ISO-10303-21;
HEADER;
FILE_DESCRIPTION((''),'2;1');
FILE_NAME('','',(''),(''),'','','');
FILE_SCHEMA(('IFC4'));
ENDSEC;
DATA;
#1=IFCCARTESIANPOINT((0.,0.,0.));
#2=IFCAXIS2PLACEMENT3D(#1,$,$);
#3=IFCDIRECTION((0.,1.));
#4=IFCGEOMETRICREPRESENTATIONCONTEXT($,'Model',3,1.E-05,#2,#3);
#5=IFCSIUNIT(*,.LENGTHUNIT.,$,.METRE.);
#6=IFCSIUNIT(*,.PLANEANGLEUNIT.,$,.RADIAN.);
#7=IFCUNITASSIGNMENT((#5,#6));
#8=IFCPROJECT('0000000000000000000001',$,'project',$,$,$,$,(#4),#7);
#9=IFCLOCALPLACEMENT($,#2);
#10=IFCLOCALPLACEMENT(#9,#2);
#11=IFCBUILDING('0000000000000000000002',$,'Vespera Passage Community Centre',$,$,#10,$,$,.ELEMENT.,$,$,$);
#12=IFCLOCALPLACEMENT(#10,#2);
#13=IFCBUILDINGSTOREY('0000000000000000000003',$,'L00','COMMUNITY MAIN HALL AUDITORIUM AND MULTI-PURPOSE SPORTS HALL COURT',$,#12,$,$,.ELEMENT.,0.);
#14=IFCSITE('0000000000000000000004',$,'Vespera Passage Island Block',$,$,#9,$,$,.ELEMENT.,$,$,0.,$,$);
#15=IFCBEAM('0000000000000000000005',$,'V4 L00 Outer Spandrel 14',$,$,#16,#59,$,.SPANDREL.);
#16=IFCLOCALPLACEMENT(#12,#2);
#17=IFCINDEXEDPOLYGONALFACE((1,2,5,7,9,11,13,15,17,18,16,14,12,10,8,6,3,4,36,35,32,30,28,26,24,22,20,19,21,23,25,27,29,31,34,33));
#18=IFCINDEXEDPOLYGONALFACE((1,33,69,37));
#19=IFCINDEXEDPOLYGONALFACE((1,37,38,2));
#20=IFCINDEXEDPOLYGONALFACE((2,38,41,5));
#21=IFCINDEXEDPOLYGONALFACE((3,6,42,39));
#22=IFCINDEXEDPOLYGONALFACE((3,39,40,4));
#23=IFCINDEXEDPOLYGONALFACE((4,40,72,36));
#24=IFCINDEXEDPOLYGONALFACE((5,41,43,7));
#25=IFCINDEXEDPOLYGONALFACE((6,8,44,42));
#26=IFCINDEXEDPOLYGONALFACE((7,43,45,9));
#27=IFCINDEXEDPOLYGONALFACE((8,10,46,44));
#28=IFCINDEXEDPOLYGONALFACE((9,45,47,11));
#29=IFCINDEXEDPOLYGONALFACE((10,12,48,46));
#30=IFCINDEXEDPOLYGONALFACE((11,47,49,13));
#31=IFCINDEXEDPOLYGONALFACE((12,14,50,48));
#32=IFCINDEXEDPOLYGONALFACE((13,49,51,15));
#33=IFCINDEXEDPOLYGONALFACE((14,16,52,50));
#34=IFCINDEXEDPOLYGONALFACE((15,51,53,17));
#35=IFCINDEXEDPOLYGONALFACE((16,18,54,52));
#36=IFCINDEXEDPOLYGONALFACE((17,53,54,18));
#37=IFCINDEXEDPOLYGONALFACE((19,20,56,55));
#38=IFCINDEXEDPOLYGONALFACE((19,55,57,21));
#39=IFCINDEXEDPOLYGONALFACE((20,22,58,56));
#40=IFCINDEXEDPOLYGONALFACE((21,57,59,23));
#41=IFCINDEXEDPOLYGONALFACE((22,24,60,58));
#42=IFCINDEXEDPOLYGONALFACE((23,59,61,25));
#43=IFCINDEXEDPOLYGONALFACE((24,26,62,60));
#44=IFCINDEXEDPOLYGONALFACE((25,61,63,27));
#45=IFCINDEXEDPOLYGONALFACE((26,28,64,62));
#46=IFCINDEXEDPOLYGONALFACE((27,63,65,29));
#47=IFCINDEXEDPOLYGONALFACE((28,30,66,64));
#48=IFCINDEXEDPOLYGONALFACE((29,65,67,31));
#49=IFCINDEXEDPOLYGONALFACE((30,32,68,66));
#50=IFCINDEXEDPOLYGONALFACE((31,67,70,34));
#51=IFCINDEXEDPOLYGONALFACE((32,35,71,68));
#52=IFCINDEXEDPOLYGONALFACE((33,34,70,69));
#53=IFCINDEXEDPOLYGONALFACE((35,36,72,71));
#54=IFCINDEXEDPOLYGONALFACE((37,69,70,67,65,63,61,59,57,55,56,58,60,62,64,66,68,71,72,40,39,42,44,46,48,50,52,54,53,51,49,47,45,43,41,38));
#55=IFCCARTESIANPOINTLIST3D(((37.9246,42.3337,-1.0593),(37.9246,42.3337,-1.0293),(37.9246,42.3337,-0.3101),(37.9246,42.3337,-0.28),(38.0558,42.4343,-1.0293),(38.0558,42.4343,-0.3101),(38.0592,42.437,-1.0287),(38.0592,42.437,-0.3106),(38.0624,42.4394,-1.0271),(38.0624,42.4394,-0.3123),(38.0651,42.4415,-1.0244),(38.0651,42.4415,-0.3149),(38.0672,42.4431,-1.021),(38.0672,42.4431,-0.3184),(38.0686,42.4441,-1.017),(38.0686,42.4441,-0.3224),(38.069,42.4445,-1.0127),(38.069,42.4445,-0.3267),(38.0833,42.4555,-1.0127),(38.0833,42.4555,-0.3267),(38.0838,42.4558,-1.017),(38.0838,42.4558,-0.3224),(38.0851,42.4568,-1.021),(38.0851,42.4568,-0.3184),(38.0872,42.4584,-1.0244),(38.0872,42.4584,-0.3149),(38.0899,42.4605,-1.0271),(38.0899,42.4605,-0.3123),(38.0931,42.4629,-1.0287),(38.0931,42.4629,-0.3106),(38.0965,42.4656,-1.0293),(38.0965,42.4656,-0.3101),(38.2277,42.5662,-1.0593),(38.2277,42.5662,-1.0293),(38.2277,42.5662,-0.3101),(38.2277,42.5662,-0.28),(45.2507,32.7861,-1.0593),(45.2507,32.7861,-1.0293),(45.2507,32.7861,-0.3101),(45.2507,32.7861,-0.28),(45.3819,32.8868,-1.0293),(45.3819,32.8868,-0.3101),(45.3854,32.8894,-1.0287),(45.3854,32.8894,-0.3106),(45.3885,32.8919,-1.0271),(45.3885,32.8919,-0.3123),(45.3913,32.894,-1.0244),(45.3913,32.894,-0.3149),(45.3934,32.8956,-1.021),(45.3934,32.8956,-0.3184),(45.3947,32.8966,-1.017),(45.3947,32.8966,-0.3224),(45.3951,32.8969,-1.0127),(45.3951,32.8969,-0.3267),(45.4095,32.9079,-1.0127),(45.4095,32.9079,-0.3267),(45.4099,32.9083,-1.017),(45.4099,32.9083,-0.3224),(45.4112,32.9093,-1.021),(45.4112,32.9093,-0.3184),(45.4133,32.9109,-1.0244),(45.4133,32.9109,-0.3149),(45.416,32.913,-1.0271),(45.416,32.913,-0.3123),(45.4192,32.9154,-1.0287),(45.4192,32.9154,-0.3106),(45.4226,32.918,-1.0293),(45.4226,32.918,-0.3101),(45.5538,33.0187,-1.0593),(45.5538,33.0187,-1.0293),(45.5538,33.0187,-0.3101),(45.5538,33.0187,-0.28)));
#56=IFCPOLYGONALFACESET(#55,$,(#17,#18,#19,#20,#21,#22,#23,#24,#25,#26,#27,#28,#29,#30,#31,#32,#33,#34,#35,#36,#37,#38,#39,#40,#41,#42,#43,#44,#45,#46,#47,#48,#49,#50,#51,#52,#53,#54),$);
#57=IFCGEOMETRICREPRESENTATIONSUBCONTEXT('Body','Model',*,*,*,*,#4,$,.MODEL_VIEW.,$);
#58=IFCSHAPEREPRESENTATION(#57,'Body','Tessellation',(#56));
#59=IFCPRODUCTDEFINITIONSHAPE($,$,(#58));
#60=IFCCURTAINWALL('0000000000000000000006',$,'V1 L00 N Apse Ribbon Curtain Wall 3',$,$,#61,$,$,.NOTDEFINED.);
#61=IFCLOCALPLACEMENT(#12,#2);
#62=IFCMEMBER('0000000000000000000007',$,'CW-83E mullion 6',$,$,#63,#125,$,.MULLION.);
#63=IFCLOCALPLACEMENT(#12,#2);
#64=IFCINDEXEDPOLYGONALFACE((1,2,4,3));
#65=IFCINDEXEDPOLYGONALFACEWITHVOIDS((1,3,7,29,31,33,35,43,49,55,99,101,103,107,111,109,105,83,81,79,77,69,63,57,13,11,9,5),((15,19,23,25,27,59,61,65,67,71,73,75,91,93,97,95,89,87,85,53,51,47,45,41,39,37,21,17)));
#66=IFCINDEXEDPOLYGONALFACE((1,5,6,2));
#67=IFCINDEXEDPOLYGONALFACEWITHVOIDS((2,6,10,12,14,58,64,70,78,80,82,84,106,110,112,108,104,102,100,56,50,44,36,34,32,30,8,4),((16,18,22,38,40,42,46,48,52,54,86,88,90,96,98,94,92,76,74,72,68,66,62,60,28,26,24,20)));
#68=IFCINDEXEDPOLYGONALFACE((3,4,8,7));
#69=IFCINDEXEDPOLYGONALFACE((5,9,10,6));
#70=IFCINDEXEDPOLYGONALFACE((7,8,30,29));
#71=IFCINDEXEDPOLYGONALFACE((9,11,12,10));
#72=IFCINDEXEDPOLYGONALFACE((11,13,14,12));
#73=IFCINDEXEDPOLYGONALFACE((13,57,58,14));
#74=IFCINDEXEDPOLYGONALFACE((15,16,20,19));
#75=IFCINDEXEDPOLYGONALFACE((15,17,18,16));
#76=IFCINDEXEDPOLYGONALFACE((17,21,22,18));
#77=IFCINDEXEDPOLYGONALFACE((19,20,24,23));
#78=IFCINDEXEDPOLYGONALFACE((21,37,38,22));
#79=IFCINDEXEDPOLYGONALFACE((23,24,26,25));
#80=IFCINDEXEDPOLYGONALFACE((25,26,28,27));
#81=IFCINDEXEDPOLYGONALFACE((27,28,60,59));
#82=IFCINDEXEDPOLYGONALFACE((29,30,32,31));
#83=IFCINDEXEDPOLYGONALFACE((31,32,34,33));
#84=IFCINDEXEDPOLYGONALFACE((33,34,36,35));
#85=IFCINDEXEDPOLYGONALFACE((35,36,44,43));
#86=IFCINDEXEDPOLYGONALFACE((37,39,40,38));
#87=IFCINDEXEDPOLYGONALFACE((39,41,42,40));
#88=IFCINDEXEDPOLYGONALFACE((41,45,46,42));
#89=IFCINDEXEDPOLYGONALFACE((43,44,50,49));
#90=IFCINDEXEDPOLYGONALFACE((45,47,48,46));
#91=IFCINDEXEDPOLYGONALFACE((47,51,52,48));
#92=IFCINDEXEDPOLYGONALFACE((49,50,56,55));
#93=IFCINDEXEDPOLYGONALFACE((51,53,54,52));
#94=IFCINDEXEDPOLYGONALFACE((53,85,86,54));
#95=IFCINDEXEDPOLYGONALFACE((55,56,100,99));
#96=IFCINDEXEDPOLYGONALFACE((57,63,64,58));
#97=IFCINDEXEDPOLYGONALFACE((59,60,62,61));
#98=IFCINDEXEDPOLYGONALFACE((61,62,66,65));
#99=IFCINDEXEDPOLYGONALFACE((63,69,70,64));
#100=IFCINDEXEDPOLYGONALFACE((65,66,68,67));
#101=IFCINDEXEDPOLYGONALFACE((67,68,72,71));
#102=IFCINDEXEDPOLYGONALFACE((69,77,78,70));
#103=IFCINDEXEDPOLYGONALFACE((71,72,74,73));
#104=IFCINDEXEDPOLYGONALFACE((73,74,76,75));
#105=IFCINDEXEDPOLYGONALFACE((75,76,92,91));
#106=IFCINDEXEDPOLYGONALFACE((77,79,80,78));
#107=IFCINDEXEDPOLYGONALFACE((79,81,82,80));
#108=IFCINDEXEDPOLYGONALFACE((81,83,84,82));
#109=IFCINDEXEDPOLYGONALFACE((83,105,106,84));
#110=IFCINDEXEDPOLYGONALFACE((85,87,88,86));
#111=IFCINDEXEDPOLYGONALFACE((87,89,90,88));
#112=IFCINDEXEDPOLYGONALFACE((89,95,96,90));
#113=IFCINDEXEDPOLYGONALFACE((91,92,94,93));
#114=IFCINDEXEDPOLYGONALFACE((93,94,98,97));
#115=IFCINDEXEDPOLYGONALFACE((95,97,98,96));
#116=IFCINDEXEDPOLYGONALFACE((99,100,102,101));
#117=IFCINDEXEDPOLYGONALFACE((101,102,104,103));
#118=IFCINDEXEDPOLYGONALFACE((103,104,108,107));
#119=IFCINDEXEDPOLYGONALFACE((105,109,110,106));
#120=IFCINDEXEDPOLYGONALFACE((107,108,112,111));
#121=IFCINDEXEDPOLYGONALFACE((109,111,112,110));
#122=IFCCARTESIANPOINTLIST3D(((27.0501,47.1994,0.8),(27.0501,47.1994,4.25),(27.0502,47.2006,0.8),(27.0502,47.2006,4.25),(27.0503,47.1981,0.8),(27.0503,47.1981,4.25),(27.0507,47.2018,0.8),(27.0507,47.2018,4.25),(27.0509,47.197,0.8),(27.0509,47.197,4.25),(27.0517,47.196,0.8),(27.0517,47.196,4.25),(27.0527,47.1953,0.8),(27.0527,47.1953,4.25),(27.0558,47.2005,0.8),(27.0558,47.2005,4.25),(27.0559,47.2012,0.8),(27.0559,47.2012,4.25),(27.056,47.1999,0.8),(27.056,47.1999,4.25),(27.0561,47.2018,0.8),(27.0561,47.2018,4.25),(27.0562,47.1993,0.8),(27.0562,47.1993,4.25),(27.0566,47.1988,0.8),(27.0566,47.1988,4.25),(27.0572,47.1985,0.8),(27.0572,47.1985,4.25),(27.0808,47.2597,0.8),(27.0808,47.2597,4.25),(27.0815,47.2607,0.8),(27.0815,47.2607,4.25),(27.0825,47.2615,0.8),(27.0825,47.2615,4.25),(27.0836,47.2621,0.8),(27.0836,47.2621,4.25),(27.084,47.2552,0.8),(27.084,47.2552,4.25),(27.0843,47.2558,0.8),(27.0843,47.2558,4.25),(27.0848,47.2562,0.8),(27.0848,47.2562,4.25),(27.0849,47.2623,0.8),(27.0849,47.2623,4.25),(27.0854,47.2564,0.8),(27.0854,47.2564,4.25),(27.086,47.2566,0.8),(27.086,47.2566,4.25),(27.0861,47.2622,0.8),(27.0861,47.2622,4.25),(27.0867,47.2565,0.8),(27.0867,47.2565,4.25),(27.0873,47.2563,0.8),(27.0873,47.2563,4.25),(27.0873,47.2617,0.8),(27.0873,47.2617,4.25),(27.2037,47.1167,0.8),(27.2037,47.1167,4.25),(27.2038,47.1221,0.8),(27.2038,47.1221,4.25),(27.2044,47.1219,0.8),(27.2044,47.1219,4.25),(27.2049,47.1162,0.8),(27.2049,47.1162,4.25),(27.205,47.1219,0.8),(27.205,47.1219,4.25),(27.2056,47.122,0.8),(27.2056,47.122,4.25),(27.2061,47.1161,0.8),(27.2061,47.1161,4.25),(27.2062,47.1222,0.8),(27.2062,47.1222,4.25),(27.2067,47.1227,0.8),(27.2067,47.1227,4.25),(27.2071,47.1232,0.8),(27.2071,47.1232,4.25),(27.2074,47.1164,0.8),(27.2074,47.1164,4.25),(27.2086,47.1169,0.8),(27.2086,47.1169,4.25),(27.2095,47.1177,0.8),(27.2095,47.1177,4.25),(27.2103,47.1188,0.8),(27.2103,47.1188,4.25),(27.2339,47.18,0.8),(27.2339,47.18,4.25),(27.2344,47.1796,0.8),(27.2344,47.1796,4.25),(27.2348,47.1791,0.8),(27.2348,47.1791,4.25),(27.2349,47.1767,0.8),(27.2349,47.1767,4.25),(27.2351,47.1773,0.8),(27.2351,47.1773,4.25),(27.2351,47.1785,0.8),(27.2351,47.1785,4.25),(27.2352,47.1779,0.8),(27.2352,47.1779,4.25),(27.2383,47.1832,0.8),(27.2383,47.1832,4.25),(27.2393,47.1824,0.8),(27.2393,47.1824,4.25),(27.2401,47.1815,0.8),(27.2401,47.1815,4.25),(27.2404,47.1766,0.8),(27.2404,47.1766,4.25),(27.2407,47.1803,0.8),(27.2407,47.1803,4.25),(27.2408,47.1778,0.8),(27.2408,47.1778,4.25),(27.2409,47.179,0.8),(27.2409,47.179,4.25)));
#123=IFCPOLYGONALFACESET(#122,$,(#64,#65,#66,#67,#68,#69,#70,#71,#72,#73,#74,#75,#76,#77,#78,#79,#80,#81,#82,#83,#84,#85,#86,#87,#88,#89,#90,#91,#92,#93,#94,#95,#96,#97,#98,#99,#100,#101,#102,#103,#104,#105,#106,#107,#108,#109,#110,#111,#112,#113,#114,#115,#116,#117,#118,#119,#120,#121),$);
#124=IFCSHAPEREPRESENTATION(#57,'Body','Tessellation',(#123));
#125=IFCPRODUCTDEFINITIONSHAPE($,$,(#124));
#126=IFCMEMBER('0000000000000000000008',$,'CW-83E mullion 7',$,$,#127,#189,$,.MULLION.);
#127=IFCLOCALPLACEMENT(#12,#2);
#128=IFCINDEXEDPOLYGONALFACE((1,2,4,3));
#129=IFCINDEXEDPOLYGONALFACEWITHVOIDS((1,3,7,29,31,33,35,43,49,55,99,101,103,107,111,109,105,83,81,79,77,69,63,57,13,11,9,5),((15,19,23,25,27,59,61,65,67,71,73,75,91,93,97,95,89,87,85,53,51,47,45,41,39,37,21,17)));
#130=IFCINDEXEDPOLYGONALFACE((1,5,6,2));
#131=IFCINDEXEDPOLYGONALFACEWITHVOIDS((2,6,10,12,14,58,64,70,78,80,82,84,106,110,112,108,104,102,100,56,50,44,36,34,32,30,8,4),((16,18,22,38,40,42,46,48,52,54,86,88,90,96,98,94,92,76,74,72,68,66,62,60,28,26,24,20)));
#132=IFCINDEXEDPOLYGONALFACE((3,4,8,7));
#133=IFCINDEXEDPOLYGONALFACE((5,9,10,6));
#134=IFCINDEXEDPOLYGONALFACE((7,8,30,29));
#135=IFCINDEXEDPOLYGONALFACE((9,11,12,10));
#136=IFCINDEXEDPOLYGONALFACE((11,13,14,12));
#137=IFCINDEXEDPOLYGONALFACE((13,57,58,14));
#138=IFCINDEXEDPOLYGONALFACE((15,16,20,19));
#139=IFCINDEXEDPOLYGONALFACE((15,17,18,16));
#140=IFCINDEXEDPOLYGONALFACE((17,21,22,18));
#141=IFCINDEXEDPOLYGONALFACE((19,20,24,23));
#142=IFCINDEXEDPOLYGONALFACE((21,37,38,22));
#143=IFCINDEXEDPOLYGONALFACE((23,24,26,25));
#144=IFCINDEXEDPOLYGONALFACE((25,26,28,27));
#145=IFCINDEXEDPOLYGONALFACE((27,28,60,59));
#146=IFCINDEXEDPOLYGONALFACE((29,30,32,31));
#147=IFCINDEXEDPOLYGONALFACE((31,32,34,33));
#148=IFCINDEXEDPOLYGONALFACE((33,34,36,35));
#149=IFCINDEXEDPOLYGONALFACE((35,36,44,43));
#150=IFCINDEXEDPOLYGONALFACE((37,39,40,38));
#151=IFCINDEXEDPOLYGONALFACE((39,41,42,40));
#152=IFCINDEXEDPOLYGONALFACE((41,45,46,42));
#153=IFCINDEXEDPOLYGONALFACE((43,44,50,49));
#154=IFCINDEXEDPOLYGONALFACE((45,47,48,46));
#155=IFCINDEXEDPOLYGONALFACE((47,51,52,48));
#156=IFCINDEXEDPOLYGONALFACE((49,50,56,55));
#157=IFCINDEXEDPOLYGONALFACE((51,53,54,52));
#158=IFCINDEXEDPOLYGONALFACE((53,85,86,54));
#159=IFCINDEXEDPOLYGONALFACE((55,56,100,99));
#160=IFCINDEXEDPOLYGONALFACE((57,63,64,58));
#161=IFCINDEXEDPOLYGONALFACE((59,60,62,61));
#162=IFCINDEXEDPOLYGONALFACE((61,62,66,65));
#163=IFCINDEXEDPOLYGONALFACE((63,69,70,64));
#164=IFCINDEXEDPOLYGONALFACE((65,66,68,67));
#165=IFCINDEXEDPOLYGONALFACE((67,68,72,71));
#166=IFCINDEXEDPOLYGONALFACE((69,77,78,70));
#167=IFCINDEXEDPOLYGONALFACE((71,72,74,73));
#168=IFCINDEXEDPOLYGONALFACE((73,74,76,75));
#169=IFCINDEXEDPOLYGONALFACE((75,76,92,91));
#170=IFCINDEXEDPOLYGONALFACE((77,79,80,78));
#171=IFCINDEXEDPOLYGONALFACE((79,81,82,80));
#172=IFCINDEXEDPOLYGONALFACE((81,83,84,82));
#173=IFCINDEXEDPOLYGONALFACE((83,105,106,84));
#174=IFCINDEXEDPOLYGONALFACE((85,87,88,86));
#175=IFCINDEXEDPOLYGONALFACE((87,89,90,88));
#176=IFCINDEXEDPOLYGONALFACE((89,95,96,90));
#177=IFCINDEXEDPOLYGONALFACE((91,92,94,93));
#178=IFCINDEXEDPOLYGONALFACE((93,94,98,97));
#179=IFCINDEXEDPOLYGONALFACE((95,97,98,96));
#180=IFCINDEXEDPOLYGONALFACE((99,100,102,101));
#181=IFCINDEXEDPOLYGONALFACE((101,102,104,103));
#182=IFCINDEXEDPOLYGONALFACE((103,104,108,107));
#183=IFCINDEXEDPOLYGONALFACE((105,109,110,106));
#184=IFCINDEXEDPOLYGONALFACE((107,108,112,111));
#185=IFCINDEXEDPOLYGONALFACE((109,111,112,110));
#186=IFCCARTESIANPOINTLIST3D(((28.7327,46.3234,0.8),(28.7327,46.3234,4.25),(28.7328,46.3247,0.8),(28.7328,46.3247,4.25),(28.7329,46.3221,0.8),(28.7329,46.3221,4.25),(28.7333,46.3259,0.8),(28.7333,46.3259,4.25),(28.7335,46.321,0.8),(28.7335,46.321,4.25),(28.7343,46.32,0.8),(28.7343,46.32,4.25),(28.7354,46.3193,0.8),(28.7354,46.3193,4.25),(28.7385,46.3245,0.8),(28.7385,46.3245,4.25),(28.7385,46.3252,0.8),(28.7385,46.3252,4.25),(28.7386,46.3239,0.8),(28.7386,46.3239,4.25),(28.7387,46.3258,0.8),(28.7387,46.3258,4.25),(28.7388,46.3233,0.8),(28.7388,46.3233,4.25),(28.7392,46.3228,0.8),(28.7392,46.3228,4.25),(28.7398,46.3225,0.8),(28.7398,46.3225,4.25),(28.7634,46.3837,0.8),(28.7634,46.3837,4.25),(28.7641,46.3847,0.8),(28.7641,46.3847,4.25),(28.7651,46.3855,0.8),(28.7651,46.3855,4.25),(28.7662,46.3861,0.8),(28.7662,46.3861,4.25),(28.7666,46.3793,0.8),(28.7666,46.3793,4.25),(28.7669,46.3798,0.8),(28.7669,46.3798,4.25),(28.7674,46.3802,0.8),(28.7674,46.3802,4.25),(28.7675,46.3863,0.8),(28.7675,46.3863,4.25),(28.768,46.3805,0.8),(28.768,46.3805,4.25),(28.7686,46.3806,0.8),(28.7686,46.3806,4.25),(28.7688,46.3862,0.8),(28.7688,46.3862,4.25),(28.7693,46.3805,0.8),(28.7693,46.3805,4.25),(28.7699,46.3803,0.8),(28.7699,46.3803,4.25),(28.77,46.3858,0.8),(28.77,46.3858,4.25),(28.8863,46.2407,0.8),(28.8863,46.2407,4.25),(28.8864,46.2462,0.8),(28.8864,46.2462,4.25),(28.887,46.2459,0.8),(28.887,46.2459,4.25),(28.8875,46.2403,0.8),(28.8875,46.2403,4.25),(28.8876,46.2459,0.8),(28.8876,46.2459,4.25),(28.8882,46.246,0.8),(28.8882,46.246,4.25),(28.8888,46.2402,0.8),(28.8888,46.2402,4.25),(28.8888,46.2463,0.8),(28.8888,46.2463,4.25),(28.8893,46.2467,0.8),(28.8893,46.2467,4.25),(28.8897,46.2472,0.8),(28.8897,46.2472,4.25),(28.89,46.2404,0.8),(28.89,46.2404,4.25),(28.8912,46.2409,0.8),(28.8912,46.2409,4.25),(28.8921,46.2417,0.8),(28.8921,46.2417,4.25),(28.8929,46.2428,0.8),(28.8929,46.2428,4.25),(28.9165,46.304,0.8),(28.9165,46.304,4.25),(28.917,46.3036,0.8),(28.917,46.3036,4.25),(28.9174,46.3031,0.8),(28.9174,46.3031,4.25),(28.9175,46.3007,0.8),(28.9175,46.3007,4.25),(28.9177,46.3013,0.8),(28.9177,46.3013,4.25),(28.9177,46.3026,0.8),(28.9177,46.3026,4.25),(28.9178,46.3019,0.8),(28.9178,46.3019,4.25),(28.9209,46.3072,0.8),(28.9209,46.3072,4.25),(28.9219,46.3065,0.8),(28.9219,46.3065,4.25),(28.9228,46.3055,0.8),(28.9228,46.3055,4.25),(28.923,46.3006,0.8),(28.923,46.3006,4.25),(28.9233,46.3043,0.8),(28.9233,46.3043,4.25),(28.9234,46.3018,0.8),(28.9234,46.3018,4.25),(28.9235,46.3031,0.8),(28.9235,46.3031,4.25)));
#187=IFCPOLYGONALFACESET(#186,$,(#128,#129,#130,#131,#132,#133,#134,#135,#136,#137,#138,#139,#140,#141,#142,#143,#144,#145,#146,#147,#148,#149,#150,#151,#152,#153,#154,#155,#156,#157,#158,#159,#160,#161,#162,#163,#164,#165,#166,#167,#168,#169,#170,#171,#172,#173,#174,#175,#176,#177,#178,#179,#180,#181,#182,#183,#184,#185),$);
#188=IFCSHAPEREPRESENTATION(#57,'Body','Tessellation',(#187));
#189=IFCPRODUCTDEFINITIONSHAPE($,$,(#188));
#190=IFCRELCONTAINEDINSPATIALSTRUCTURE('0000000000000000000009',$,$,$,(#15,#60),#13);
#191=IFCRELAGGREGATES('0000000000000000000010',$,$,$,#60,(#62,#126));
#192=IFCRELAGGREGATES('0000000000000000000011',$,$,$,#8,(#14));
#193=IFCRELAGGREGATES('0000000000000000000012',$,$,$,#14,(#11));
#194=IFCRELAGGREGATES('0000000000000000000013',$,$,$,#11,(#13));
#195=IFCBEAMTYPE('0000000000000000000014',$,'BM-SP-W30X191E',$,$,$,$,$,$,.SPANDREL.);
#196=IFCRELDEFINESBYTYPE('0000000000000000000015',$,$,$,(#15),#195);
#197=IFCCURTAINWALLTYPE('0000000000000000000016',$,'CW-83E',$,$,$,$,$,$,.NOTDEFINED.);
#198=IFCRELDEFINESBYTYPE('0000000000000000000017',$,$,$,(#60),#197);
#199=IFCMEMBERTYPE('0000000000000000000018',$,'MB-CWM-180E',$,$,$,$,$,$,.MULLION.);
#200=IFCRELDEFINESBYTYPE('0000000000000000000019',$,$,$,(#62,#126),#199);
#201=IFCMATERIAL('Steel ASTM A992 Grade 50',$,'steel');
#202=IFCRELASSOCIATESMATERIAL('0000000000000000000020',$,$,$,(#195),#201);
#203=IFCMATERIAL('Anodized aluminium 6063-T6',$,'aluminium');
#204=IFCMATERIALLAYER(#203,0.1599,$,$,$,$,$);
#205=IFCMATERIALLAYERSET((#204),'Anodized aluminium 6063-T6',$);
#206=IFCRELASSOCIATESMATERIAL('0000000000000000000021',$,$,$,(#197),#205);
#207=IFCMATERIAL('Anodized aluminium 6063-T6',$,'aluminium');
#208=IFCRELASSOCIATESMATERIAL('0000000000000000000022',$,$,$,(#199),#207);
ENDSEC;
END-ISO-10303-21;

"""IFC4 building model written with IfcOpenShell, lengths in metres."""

from ifc_helpers import new_model, si_unit, direction, frame, origin, origin_2d, place, context, subcontext, project, spatial, hollow_rectangle, i_section, extrude, material, layer, layer_set, material_profile, profile_set, type_object, element, aggregate, save


model = new_model("IFC4")

# Units and contexts
model_context = context("Model", 3, precision=1e-05, world=origin(), true_north=direction((0.0, 1.0)))
body_context = subcontext(model_context, "Body", "Model", "MODEL_VIEW")
ifc_project = project(units=[si_unit("LENGTHUNIT", "METRE"), si_unit("PLANEANGLEUNIT", "RADIAN")], contexts=[model_context])

# Site, building, storey
site_placement = place(None, origin())
site = spatial("IfcSite", under=ifc_project, at=site_placement, Name="Vespera Passage Island Block", CompositionType="ELEMENT", RefElevation=0.0)
building_placement = place(site_placement, origin())
building = spatial("IfcBuilding", under=site, at=building_placement, Name="Vespera Passage Community Centre", CompositionType="ELEMENT")
storey_placement = place(building_placement, origin())
storey = spatial("IfcBuildingStorey", under=building, at=storey_placement, Name="L00", Description="COMMUNITY MAIN HALL AUDITORIUM AND MULTI-PURPOSE SPORTS HALL COURT", CompositionType="ELEMENT", Elevation=0.0)

# Beam
ifc_material_1 = material(Name="Steel ASTM A992 Grade 50", Category="steel")
ifc_material_profile_1 = material_profile(ifc_material_1, i_section(OverallWidth=0.3821, OverallDepth=0.7793, WebThickness=0.0181, FlangeThickness=0.03, FilletRadius=0.0166, at=origin_2d()), Name="W30X191")
ifc_profile_set_1 = profile_set([ifc_material_profile_1], Name="Steel ASTM A992 Grade 50")
beam_type_1 = type_object("IfcBeamType", Name="BM-SP-W30X191E", PredefinedType="SPANDREL", material=ifc_profile_set_1)
beam_placement = place(storey_placement, frame((38.0762, 42.45, -0.6697), z_axis=(0.608763, -0.793352, 0.0), x_axis=(0.793352, 0.608763, 0.0)))
element("IfcBeam", 1, at=beam_placement, inside=storey, type_object=beam_type_1, Name="V4 L00 Outer Spandrel 14", PredefinedType="SPANDREL", context=body_context, shape_type="SweptSolid", body=[
    extrude(i_section(OverallWidth=0.3821, OverallDepth=0.7793, WebThickness=0.0181, FlangeThickness=0.03, FilletRadius=0.0166, at=origin_2d()), origin(), (0.0, 0.0, 1.0), 12.0344),
])

# Curtain wall, members
ifc_material_2 = material(Name="Anodized aluminium 6063-T6", Category="aluminium")
ifc_layer_1 = layer(ifc_material_2, 0.1599)
ifc_layer_set_1 = layer_set([ifc_layer_1], Name="Anodized aluminium 6063-T6")
curtain_wall_type_1 = type_object("IfcCurtainWallType", Name="CW-83E", PredefinedType="NOTDEFINED", material=ifc_layer_set_1)
curtain_wall_1_placement = place(storey_placement, origin())
curtain_wall_1 = element("IfcCurtainWall", 2, at=curtain_wall_1_placement, inside=storey, type_object=curtain_wall_type_1, Name="V1 L00 N Apse Ribbon Curtain Wall 3", PredefinedType="NOTDEFINED")
ifc_material_3 = material(Name="Anodized aluminium 6063-T6", Category="aluminium")
ifc_material_profile_2 = material_profile(ifc_material_3, hollow_rectangle(XDim=0.075, YDim=0.1799, WallThickness=0.0049, InnerFilletRadius=0.0024, OuterFilletRadius=0.0049, at=origin_2d()), Name="ALU180X75X5")
ifc_profile_set_2 = profile_set([ifc_material_profile_2], Name="Anodized aluminium 6063-T6")
member_type_1 = type_object("IfcMemberType", Name="MB-CWM-180E", PredefinedType="MULLION", material=ifc_profile_set_2)
member_1_placement = place(storey_placement, frame((27.1455, 47.1892, 0.8), z_axis=(0.0, 0.0, 1.0), x_axis=(0.461745, 0.887013, 0.0)))
member_1 = element("IfcMember", 3, at=member_1_placement, type_object=member_type_1, Name="CW-83E mullion 6", PredefinedType="MULLION", context=body_context, shape_type="SweptSolid", body=[
    extrude(hollow_rectangle(XDim=0.075, YDim=0.1799, WallThickness=0.0049, InnerFilletRadius=0.0024, OuterFilletRadius=0.0049, at=origin_2d()), origin(), (0.0, 0.0, 1.0), 3.45),
])
member_2_placement = place(storey_placement, frame((28.8281, 46.3132, 0.8), z_axis=(0.0, 0.0, 1.0), x_axis=(0.461745, 0.887013, 0.0)))
member_2 = element("IfcMember", 4, at=member_2_placement, type_object=member_type_1, Name="CW-83E mullion 7", PredefinedType="MULLION", context=body_context, shape_type="SweptSolid", body=[
    extrude(hollow_rectangle(XDim=0.075, YDim=0.1799, WallThickness=0.0049, InnerFilletRadius=0.0024, OuterFilletRadius=0.0049, at=origin_2d()), origin(), (0.0, 0.0, 1.0), 3.45),
])

aggregate(curtain_wall_1, [member_1, member_2])

save(model, "model.ifc")
